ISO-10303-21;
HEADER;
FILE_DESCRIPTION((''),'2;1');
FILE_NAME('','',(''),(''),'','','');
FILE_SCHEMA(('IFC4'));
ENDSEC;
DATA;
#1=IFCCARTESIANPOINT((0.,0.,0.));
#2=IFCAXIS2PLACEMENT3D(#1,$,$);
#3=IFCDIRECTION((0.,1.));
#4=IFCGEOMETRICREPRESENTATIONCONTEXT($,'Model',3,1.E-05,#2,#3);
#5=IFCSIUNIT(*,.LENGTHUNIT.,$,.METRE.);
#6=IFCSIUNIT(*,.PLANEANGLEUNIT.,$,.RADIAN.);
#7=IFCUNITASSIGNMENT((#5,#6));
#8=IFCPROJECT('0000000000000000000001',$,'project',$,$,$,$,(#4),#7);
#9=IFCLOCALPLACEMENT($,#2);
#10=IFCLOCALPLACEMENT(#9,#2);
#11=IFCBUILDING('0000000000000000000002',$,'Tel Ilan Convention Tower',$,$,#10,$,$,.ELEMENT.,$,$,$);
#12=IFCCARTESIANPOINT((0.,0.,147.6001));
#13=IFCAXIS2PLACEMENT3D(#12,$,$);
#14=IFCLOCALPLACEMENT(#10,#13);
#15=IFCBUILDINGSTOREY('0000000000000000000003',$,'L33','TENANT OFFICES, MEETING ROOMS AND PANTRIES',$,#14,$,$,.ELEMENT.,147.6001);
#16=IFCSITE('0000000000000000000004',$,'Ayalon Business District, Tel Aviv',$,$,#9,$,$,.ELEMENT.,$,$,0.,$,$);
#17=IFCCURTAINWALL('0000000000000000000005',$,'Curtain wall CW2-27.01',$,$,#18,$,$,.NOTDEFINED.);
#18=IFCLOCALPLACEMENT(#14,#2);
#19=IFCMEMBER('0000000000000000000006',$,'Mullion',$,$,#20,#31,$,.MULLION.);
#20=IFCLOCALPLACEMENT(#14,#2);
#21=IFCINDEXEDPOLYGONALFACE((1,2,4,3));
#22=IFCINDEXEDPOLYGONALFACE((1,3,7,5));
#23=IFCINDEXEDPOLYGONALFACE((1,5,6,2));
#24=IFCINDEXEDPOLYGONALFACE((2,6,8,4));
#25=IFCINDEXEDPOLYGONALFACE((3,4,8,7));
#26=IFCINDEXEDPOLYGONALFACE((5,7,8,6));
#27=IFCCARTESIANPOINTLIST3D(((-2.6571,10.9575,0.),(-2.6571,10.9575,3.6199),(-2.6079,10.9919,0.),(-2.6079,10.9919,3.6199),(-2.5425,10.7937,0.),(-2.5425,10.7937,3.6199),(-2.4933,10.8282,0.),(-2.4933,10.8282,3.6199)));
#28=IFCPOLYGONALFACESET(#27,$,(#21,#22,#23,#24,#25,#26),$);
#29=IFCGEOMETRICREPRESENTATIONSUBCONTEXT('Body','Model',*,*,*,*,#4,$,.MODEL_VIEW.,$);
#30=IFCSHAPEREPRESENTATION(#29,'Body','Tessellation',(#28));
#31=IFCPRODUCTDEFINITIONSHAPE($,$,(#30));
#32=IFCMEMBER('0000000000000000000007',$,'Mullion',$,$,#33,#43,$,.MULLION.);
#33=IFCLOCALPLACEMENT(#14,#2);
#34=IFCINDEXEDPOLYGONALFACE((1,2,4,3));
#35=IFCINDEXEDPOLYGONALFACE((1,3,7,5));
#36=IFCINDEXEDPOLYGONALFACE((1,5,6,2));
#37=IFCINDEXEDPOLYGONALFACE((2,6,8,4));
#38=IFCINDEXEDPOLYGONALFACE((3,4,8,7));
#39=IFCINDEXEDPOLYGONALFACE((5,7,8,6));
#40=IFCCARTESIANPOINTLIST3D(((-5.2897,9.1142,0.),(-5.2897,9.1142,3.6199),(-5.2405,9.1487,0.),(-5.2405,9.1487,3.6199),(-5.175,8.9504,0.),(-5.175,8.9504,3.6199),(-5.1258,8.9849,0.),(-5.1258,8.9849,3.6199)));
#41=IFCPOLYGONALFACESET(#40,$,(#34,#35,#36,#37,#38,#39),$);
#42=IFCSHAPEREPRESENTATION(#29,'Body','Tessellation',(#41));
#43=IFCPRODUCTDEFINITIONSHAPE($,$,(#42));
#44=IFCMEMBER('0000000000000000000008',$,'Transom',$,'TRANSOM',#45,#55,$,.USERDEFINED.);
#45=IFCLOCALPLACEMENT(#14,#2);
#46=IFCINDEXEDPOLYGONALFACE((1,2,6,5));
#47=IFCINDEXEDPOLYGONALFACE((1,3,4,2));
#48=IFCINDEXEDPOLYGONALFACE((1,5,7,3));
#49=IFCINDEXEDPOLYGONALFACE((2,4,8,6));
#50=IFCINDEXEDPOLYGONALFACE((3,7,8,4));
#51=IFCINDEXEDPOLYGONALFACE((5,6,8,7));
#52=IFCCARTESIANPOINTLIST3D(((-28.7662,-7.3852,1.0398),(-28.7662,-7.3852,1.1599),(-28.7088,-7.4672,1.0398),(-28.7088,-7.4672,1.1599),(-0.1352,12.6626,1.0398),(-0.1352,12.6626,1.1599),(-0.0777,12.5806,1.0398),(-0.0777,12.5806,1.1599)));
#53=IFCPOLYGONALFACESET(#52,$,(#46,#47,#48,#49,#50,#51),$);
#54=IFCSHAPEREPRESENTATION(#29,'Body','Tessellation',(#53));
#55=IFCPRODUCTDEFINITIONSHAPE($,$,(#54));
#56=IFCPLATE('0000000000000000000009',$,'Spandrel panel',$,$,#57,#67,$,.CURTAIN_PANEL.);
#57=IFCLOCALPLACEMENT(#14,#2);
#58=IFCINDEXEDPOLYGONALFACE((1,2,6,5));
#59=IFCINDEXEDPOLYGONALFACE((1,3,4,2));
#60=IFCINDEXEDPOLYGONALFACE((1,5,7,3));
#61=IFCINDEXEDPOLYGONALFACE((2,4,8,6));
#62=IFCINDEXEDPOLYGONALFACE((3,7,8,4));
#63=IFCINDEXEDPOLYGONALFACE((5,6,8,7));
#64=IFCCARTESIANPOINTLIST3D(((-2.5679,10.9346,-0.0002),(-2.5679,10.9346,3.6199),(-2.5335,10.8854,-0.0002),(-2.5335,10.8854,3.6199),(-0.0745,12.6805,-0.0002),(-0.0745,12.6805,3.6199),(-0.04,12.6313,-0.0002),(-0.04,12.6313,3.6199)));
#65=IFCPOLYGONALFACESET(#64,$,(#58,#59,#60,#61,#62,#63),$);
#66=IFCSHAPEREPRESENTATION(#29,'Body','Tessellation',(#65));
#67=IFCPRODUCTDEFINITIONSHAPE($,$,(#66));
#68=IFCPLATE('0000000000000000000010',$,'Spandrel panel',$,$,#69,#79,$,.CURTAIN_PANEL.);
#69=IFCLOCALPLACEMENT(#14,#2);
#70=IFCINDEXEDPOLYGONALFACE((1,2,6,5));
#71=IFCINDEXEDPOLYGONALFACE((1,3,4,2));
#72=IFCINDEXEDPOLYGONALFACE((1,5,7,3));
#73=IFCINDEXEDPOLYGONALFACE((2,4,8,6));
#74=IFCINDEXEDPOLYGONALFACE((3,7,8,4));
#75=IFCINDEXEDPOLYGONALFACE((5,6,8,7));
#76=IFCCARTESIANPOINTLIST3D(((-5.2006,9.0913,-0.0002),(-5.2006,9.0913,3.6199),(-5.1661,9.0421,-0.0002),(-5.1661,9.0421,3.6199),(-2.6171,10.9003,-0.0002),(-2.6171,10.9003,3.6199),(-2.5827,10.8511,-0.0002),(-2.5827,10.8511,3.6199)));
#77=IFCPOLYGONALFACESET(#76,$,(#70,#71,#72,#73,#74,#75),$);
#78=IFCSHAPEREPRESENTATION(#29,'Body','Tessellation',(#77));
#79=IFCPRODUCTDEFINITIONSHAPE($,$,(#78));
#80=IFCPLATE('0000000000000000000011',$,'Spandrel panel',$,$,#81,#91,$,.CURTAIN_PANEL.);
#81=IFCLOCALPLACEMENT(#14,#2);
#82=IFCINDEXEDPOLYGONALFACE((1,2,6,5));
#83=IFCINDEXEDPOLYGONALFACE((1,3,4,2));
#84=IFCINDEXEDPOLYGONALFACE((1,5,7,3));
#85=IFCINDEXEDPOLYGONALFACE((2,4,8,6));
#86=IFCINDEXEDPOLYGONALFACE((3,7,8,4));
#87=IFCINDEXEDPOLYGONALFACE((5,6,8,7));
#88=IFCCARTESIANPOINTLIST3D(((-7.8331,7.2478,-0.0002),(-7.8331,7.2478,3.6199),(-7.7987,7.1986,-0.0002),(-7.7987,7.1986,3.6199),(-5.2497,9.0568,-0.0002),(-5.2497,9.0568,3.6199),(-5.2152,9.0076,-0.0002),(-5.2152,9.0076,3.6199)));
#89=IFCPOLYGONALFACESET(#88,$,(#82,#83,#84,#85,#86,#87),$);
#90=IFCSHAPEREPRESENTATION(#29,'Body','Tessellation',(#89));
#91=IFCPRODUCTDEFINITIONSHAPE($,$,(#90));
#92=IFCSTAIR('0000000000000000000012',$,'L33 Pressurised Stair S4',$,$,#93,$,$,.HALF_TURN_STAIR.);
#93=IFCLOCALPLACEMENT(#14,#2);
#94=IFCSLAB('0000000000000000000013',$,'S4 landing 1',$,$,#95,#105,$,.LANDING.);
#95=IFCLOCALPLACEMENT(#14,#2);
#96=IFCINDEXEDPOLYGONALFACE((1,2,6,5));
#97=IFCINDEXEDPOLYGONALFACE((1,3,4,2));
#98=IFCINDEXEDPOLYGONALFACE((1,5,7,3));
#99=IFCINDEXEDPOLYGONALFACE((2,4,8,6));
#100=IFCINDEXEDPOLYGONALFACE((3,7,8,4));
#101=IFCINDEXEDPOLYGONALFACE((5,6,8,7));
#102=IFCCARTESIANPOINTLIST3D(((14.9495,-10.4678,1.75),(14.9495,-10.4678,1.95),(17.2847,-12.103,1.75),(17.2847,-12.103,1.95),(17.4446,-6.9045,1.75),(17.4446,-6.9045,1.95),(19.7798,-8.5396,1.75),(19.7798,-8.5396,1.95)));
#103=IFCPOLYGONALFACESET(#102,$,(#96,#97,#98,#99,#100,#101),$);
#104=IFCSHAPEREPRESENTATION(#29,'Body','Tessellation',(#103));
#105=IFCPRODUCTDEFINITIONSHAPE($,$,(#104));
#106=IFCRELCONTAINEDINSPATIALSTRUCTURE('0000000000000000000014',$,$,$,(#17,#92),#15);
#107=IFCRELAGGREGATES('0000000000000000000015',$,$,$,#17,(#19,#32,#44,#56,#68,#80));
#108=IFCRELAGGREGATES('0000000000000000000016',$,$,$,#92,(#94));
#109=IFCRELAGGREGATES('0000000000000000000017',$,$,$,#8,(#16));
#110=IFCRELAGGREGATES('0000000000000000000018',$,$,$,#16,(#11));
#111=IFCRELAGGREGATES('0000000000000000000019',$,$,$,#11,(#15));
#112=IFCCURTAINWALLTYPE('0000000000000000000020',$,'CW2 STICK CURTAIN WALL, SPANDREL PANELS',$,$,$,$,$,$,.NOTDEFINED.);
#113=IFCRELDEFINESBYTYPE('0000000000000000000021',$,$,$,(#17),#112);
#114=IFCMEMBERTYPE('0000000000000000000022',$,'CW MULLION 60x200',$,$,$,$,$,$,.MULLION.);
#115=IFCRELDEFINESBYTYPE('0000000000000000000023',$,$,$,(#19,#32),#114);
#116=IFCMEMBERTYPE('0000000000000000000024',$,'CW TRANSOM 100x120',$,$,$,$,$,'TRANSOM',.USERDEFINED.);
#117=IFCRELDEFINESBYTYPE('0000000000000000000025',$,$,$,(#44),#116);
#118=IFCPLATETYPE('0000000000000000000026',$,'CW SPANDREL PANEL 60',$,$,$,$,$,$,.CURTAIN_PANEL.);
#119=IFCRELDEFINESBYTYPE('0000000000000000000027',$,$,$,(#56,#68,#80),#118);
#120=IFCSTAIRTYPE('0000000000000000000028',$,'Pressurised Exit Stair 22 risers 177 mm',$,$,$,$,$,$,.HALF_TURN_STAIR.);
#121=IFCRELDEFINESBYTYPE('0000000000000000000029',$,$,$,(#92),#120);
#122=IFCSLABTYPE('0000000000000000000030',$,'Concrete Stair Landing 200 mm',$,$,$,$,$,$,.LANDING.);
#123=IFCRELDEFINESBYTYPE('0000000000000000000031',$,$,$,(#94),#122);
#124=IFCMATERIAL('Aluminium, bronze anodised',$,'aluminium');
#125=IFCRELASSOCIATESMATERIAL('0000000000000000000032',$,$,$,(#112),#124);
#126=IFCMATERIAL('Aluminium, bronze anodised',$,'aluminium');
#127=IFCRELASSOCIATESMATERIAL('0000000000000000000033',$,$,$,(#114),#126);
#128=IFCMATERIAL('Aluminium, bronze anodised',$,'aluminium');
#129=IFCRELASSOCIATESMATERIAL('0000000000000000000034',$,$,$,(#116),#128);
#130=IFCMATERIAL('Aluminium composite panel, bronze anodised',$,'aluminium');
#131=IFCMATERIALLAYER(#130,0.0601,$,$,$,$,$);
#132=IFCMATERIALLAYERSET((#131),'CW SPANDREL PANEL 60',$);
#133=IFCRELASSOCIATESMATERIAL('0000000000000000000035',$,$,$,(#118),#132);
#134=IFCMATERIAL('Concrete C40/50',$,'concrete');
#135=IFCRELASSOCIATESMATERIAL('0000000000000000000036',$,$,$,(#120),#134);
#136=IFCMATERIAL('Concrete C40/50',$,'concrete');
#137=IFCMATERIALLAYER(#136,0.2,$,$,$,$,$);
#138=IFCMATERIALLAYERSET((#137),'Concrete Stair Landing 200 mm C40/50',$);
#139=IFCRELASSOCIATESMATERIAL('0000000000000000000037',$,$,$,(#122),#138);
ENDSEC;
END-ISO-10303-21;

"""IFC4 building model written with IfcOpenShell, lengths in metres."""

from ifc_helpers import new_model, si_unit, direction, frame, origin, origin_2d, place, context, subcontext, project, spatial, polyline, rectangle, outline, extrude, material, layer, layer_set, material_profile, profile_set, type_object, element, aggregate, save


model = new_model("IFC4")

# Units and contexts
model_context = context("Model", 3, precision=1e-05, world=origin(), true_north=direction((0.0, 1.0)))
body_context = subcontext(model_context, "Body", "Model", "MODEL_VIEW")
ifc_project = project(units=[si_unit("LENGTHUNIT", "METRE"), si_unit("PLANEANGLEUNIT", "RADIAN")], contexts=[model_context])

# Site, building, storey
site_placement = place(None, origin())
site = spatial("IfcSite", under=ifc_project, at=site_placement, Name="Ayalon Business District, Tel Aviv", CompositionType="ELEMENT", RefElevation=0.0)
building_placement = place(site_placement, origin())
building = spatial("IfcBuilding", under=site, at=building_placement, Name="Tel Ilan Convention Tower", CompositionType="ELEMENT")
storey_placement = place(building_placement, frame((0.0, 0.0, 147.6001)))
storey = spatial("IfcBuildingStorey", under=building, at=storey_placement, Name="L33", Description="TENANT OFFICES, MEETING ROOMS AND PANTRIES", CompositionType="ELEMENT", Elevation=147.6001)

# Curtain wall, members, plates
ifc_material_1 = material(Name="Aluminium, bronze anodised", Category="aluminium")
curtain_wall_type = type_object("IfcCurtainWallType", Name="CW2 STICK CURTAIN WALL, SPANDREL PANELS", PredefinedType="NOTDEFINED", material=ifc_material_1)
curtain_wall_placement = place(storey_placement, origin())
curtain_wall = element("IfcCurtainWall", 1, at=curtain_wall_placement, inside=storey, type_object=curtain_wall_type, Name="Curtain wall CW2-27.01", PredefinedType="NOTDEFINED")
ifc_material_2 = material(Name="Aluminium, bronze anodised", Category="aluminium")
ifc_material_profile_1 = material_profile(ifc_material_2, rectangle(XDim=0.0601, YDim=0.2, at=origin_2d()), Name="CW MULLION 60x200")
ifc_profile_set_1 = profile_set([ifc_material_profile_1], Name="Aluminium, bronze anodised")
member_type_1 = type_object("IfcMemberType", Name="CW MULLION 60x200", PredefinedType="MULLION", material=ifc_profile_set_1)
member_1_placement = place(storey_placement, frame((-2.5752, 10.8928, 0.0), z_axis=(0.0, 0.0, 1.0), x_axis=(-0.819152, -0.573576, 0.0)))
member_1 = element("IfcMember", 2, at=member_1_placement, type_object=member_type_1, Name="Mullion", PredefinedType="MULLION", context=body_context, shape_type="SweptSolid", body=[
    extrude(rectangle(XDim=0.0601, YDim=0.2, at=origin_2d()), origin(), (0.0, 0.0, 1.0), 3.6199),
])
member_2_placement = place(storey_placement, frame((-5.2078, 9.0496, 0.0), z_axis=(0.0, 0.0, 1.0), x_axis=(-0.819152, -0.573576, 0.0)))
member_2 = element("IfcMember", 3, at=member_2_placement, type_object=member_type_1, Name="Mullion", PredefinedType="MULLION", context=body_context, shape_type="SweptSolid", body=[
    extrude(rectangle(XDim=0.0601, YDim=0.2, at=origin_2d()), origin(), (0.0, 0.0, 1.0), 3.6199),
])
ifc_material_3 = material(Name="Aluminium, bronze anodised", Category="aluminium")
ifc_material_profile_2 = material_profile(ifc_material_3, rectangle(XDim=0.1001, YDim=0.1201, at=origin_2d()), Name="CW TRANSOM 100x120")
ifc_profile_set_2 = profile_set([ifc_material_profile_2], Name="Aluminium, bronze anodised")
member_type_2 = type_object("IfcMemberType", Name="CW TRANSOM 100x120", ElementType="TRANSOM", PredefinedType="USERDEFINED", material=ifc_profile_set_2)
member_3_placement = place(storey_placement, frame((-0.1064, 12.6216, 1.0999), z_axis=(-0.81915, -0.573579, 0.0), x_axis=(0.573579, -0.81915, 0.0)))
member_3 = element("IfcMember", 4, at=member_3_placement, type_object=member_type_2, Name="Transom", ObjectType="TRANSOM", PredefinedType="USERDEFINED", context=body_context, shape_type="SweptSolid", body=[
    extrude(rectangle(XDim=0.1001, YDim=0.1201, at=origin_2d()), origin(), (0.0, 0.0, 1.0), 34.9521),
])
ifc_material_4 = material(Name="Aluminium composite panel, bronze anodised", Category="aluminium")
ifc_layer_1 = layer(ifc_material_4, 0.0601)
ifc_layer_set_1 = layer_set([ifc_layer_1], Name="CW SPANDREL PANEL 60")
plate_type = type_object("IfcPlateType", Name="CW SPANDREL PANEL 60", PredefinedType="CURTAIN_PANEL", material=ifc_layer_set_1)
plate_1_placement = place(storey_placement, frame((-1.304, 11.783, -0.0002), z_axis=(0.0, 0.0, 1.0), x_axis=(-0.819152, -0.573576, 0.0)))
plate_1 = element("IfcPlate", 5, at=plate_1_placement, type_object=plate_type, Name="Spandrel panel", PredefinedType="CURTAIN_PANEL", context=body_context, shape_type="SweptSolid", body=[
    extrude(rectangle(XDim=3.0439, YDim=0.0601, at=origin_2d()), origin(), (0.0, 0.0, 1.0), 3.6201),
])
plate_2_placement = place(storey_placement, frame((-3.8916, 9.9712, -0.0002), z_axis=(0.0, 0.0, 1.0), x_axis=(-0.819152, -0.573576, 0.0)))
plate_2 = element("IfcPlate", 6, at=plate_2_placement, type_object=plate_type, Name="Spandrel panel", PredefinedType="CURTAIN_PANEL", context=body_context, shape_type="SweptSolid", body=[
    extrude(rectangle(XDim=3.1538, YDim=0.0601, at=origin_2d()), origin(), (0.0, 0.0, 1.0), 3.6201),
])
plate_3_placement = place(storey_placement, frame((-6.5242, 8.1277, -0.0002), z_axis=(0.0, 0.0, 1.0), x_axis=(-0.819152, -0.573576, 0.0)))
plate_3 = element("IfcPlate", 7, at=plate_3_placement, type_object=plate_type, Name="Spandrel panel", PredefinedType="CURTAIN_PANEL", context=body_context, shape_type="SweptSolid", body=[
    extrude(rectangle(XDim=3.1538, YDim=0.0601, at=origin_2d()), origin(), (0.0, 0.0, 1.0), 3.6201),
])
aggregate(curtain_wall, [member_1, member_2, member_3, plate_1, plate_2, plate_3])

# Stair, slab
ifc_material_5 = material(Name="Concrete C40/50", Category="concrete")
stair_type = type_object("IfcStairType", Name="Pressurised Exit Stair 22 risers 177 mm", PredefinedType="HALF_TURN_STAIR", material=ifc_material_5)
stair_placement = place(storey_placement, origin())
stair = element("IfcStair", 8, at=stair_placement, inside=storey, type_object=stair_type, Name="L33 Pressurised Stair S4", PredefinedType="HALF_TURN_STAIR")
ifc_material_6 = material(Name="Concrete C40/50", Category="concrete")
ifc_layer_2 = layer(ifc_material_6, 0.2)
ifc_layer_set_2 = layer_set([ifc_layer_2], Name="Concrete Stair Landing 200 mm C40/50")
slab_type_1 = type_object("IfcSlabType", Name="Concrete Stair Landing 200 mm", PredefinedType="LANDING", material=ifc_layer_set_2)
slab_1_placement = place(storey_placement, frame((0.0, 0.0, 1.75)))
slab_1 = element("IfcSlab", 9, at=slab_1_placement, type_object=slab_type_1, Name="S4 landing 1", PredefinedType="LANDING", context=body_context, shape_type="SweptSolid", body=[
    extrude(outline(polyline([(19.7798, -8.5396), (17.4446, -6.9045), (14.9495, -10.4678), (17.2847, -12.103), (19.7798, -8.5396)])), origin(), (0.0, 0.0, 1.0), 0.2),
])
aggregate(stair, [slab_1])

save(model, "model.ifc")
